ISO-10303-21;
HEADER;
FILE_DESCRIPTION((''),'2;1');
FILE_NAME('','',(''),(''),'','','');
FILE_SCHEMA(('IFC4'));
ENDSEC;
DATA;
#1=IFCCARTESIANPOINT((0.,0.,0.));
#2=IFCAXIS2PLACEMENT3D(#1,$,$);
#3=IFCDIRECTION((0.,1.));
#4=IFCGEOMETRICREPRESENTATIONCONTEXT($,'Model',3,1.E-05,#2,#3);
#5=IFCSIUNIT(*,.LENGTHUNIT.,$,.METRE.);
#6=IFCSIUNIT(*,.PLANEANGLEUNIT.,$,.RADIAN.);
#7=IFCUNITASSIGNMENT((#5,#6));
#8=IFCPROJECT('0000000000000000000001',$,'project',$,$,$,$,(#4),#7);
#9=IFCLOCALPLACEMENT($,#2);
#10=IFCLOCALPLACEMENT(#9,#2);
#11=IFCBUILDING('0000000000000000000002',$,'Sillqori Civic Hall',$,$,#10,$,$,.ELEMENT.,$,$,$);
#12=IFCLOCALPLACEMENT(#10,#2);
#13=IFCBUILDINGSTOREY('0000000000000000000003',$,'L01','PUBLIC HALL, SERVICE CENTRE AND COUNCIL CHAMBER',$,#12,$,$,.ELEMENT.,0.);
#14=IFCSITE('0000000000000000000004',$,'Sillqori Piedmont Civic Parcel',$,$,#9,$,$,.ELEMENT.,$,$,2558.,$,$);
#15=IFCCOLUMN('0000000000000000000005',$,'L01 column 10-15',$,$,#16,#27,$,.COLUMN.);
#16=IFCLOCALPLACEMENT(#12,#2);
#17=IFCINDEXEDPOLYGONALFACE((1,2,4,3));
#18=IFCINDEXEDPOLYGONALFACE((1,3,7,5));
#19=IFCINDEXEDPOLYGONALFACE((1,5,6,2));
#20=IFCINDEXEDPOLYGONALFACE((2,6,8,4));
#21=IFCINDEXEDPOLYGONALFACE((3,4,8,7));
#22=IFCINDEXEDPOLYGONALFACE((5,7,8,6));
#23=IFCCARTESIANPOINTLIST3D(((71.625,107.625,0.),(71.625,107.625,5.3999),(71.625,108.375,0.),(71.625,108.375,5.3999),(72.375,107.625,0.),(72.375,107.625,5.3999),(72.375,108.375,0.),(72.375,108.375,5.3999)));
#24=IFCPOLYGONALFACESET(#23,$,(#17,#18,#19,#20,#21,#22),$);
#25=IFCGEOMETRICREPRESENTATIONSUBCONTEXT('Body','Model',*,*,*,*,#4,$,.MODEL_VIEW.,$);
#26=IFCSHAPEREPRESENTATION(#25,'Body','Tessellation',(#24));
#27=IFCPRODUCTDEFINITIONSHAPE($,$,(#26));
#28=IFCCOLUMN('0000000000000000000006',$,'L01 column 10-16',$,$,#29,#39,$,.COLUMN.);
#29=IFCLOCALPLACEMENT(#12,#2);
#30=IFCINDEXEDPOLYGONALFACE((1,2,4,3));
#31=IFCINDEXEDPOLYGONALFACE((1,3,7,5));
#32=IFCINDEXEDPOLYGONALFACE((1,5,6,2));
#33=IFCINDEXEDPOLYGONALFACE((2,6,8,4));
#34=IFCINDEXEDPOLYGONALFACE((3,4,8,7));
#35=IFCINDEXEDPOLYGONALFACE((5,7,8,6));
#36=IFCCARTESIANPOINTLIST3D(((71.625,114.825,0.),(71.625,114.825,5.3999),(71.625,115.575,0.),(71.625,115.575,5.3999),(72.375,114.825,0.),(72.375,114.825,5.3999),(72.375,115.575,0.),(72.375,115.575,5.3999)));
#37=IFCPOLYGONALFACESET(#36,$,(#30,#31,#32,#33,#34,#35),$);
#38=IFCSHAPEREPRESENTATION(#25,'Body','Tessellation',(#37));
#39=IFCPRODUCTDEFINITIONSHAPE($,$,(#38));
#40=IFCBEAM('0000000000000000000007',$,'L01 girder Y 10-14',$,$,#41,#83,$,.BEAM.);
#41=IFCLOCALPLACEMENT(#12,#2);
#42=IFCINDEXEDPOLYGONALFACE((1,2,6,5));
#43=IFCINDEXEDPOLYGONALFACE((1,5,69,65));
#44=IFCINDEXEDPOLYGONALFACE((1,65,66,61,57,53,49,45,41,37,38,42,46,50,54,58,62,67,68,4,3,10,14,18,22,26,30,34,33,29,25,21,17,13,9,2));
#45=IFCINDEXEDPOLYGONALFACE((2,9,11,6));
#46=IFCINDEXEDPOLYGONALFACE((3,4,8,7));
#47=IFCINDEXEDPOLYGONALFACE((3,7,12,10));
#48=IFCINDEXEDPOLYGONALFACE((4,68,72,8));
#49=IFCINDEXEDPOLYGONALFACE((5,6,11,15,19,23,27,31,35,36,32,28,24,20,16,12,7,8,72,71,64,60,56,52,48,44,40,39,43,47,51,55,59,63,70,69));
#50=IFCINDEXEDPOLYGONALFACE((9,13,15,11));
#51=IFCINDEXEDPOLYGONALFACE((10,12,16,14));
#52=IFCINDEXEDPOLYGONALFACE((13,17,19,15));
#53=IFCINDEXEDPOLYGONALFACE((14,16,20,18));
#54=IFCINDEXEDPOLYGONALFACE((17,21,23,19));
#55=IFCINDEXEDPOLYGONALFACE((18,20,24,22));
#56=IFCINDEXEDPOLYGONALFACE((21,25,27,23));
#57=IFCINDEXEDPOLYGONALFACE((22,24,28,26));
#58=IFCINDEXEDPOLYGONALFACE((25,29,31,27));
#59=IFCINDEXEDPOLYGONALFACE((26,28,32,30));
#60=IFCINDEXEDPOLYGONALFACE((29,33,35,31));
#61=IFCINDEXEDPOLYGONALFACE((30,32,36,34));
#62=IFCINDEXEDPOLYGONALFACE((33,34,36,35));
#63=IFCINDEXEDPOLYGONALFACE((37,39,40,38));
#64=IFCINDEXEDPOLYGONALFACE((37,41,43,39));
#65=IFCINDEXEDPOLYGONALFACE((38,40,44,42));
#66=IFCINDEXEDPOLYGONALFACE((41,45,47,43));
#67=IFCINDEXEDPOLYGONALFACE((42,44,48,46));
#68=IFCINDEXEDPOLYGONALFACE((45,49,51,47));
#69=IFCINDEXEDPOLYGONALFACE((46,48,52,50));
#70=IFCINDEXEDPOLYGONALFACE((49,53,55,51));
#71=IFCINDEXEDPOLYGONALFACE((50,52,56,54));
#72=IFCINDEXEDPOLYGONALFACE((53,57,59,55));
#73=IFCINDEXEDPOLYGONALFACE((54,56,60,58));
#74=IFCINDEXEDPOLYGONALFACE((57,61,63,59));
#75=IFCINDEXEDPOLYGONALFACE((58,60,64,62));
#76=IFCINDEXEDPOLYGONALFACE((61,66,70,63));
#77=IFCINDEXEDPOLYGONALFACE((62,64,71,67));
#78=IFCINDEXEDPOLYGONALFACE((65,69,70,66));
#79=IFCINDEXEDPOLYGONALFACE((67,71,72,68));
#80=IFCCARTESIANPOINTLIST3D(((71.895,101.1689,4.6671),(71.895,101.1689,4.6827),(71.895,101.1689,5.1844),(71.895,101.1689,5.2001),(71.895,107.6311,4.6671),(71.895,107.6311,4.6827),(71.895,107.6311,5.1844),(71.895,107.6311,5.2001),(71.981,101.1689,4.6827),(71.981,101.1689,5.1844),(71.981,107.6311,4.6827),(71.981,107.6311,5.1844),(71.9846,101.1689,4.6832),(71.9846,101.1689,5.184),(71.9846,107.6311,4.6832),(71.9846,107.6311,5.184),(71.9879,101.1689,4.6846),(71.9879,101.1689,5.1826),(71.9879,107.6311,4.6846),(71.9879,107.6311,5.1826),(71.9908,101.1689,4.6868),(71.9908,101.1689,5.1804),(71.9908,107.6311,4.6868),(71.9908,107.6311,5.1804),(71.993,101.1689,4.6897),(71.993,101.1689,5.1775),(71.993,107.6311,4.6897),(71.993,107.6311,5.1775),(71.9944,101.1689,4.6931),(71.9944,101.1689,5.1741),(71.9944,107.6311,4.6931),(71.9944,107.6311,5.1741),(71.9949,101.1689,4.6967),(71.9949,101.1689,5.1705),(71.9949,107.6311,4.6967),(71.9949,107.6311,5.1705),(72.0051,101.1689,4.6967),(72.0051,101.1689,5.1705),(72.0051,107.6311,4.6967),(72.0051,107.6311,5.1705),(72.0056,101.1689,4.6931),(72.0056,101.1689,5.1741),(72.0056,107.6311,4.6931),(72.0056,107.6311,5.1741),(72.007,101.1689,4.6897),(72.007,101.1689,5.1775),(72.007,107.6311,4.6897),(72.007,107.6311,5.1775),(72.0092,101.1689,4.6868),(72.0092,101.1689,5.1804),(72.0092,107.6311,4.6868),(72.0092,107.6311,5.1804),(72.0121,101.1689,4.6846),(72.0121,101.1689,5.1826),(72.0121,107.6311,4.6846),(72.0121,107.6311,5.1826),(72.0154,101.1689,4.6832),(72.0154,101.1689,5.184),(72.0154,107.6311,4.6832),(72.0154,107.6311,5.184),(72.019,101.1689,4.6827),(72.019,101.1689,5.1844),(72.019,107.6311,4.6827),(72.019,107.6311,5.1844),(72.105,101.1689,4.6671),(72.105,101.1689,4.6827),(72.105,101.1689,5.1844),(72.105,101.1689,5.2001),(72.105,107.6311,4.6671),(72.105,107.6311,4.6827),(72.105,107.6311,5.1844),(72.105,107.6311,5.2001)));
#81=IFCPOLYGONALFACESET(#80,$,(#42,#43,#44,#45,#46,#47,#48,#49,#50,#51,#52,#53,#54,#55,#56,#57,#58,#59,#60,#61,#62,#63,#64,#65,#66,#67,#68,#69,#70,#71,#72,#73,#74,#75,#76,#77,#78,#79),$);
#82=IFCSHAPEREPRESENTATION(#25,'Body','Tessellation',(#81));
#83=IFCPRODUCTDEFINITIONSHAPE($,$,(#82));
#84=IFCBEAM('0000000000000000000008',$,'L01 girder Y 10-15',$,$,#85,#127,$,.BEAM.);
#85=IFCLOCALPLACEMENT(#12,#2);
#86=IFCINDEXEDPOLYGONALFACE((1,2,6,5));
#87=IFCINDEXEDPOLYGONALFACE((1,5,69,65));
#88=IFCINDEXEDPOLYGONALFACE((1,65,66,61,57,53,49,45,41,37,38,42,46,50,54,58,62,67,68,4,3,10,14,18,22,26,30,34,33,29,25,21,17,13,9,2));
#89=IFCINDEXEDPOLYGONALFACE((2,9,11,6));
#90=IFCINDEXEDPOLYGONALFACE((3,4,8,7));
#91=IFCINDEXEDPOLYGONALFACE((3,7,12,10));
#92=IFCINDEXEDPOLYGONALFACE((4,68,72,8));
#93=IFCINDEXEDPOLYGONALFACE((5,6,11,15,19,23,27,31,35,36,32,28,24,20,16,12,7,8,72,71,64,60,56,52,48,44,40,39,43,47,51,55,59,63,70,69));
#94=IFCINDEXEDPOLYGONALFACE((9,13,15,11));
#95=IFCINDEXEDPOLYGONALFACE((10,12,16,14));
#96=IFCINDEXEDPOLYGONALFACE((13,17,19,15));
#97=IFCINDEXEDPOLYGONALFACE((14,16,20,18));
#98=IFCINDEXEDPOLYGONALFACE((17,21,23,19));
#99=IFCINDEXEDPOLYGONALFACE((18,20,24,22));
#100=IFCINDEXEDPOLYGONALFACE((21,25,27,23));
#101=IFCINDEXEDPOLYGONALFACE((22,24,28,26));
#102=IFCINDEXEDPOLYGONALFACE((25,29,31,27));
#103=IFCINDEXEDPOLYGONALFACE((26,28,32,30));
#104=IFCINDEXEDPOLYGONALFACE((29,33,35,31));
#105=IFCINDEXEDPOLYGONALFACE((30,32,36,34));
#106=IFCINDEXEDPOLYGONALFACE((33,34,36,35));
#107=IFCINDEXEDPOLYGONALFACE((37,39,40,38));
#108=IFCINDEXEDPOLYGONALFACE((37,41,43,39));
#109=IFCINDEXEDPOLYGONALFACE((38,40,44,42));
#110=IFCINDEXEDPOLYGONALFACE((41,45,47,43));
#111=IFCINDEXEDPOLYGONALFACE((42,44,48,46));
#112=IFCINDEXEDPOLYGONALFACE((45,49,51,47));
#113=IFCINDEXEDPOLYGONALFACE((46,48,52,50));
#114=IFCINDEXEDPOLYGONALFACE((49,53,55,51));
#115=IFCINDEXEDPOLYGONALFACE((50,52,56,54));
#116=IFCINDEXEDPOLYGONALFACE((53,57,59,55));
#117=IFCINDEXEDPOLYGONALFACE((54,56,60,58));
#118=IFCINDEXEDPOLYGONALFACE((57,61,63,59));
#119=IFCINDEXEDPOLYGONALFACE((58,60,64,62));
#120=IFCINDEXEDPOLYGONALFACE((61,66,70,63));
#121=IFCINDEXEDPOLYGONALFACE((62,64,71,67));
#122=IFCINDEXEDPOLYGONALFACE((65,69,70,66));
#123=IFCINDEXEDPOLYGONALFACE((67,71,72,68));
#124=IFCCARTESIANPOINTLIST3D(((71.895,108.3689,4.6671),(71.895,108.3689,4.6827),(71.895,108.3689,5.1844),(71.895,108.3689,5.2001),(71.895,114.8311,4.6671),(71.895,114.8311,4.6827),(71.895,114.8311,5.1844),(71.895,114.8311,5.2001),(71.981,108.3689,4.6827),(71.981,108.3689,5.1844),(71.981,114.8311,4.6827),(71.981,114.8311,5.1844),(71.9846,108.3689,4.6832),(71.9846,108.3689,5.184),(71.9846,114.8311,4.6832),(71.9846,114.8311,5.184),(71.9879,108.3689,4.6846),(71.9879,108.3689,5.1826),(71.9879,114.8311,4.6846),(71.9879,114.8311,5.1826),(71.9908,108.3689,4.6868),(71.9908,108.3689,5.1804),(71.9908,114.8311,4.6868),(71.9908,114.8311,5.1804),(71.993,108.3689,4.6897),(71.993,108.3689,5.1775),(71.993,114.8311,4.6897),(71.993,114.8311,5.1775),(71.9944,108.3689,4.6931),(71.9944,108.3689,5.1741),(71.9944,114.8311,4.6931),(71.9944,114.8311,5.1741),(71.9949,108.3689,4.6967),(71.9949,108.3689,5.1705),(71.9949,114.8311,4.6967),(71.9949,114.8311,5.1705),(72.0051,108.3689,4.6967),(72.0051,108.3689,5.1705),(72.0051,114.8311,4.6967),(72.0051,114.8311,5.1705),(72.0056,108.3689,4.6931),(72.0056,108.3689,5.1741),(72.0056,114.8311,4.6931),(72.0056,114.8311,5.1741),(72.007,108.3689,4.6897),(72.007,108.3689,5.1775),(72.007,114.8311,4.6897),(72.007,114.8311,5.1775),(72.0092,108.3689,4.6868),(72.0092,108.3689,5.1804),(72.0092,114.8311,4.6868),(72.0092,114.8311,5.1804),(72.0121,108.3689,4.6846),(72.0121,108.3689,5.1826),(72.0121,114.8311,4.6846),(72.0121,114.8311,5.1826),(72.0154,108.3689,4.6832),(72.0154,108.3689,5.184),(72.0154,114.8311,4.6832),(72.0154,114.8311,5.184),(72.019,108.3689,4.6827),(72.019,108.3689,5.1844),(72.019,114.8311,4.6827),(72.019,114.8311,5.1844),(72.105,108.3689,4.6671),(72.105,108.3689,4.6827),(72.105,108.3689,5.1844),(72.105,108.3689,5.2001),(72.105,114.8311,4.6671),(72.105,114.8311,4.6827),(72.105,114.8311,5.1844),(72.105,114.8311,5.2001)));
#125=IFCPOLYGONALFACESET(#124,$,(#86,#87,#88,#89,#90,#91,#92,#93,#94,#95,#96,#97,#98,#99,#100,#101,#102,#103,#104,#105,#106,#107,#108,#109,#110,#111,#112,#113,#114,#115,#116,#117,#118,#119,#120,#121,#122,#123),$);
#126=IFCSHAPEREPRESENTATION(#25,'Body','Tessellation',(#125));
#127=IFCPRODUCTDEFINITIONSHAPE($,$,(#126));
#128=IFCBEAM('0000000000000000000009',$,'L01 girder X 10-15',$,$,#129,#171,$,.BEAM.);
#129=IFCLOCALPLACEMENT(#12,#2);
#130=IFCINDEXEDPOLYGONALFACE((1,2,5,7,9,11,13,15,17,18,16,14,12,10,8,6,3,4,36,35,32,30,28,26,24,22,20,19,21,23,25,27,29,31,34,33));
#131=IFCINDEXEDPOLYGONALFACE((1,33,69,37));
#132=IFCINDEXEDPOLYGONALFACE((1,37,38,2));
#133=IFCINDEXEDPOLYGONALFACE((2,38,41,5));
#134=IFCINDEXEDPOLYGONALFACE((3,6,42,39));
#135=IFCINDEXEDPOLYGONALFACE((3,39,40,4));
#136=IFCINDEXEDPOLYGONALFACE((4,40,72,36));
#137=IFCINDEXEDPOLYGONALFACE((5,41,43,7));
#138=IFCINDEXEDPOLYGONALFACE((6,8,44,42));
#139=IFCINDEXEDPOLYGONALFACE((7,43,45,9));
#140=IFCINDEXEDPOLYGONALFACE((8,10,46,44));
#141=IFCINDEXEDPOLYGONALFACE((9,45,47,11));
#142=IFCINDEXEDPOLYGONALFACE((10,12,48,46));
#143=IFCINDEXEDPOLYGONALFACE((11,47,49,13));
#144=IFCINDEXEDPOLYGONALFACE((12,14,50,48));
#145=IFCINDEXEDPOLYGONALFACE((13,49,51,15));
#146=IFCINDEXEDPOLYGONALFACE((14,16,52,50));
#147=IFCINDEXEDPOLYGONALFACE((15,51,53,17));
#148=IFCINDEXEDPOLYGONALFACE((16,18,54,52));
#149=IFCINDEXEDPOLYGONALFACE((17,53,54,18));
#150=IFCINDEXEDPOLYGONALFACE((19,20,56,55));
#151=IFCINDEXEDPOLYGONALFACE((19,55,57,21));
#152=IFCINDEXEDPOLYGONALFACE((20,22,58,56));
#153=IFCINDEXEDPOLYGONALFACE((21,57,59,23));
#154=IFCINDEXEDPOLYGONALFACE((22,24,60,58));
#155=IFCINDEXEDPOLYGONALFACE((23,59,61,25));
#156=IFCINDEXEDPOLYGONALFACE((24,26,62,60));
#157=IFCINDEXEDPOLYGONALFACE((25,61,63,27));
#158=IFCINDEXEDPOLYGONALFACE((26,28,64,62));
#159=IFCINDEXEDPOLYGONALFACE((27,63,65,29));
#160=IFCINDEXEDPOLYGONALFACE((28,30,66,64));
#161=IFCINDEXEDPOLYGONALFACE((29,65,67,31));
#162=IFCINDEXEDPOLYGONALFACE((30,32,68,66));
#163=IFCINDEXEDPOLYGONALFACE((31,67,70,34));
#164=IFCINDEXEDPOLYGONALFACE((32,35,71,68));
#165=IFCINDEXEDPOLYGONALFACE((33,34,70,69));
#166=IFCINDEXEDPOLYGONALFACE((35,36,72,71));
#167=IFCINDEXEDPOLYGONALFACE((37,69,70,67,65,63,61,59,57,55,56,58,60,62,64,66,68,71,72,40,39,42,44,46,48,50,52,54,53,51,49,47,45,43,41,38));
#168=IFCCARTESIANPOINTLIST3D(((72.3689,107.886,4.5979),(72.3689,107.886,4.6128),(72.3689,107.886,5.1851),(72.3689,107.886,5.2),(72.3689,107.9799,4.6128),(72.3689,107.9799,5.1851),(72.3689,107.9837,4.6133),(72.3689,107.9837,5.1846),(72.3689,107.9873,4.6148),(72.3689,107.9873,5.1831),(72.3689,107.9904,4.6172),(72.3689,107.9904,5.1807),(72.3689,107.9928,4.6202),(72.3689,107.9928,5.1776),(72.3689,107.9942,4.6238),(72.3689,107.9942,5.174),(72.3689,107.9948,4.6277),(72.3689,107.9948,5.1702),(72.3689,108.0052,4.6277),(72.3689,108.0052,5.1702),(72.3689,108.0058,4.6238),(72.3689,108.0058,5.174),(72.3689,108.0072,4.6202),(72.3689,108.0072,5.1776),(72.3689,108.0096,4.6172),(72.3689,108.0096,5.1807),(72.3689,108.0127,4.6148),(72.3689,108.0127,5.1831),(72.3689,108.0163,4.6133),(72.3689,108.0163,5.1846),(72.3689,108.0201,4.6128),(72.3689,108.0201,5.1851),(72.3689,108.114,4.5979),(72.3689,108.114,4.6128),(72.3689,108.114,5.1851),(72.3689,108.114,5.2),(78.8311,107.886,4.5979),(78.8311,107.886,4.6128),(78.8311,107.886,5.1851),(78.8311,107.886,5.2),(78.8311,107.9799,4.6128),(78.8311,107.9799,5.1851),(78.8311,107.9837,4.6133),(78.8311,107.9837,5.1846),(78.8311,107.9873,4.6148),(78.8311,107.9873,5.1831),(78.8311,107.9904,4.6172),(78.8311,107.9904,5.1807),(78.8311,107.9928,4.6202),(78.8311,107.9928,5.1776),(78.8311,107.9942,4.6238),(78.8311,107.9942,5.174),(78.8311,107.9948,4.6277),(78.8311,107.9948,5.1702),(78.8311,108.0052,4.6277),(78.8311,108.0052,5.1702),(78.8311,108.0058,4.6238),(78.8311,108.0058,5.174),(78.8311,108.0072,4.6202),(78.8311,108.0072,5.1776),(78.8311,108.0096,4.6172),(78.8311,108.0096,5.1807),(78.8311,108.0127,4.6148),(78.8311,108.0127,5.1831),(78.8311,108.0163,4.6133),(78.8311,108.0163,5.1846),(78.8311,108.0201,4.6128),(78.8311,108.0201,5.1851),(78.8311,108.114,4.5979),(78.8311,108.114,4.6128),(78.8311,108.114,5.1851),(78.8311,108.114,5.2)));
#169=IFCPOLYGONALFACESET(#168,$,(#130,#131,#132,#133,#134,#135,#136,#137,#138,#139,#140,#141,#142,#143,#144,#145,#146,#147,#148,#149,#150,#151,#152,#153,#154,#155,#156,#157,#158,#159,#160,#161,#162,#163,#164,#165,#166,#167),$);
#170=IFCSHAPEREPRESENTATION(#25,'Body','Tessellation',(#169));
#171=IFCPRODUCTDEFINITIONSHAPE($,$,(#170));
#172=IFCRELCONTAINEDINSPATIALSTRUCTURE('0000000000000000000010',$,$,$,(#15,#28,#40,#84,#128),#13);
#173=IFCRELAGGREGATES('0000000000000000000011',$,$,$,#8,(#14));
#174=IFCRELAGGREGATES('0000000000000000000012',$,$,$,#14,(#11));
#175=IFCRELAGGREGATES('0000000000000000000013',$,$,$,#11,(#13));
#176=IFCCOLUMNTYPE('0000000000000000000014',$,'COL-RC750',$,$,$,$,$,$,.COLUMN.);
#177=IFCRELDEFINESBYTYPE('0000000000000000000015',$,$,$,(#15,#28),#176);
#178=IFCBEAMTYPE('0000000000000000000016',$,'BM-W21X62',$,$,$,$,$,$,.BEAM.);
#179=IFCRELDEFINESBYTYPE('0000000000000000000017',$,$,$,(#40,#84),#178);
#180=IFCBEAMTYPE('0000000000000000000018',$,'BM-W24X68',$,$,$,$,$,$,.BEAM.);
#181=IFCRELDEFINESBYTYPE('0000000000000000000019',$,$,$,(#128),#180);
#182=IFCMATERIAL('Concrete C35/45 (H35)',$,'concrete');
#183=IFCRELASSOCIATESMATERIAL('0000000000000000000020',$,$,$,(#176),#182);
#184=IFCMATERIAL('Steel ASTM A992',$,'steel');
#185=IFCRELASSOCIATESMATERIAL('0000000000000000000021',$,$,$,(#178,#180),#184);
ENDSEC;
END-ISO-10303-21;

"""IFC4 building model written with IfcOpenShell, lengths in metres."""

from ifc_helpers import new_model, si_unit, direction, frame, origin, origin_2d, place, context, subcontext, project, spatial, rectangle, i_section, extrude, material, material_profile, profile_set, type_object, element, save


model = new_model("IFC4")

# Units and contexts
model_context = context("Model", 3, precision=1e-05, world=origin(), true_north=direction((0.0, 1.0)))
body_context = subcontext(model_context, "Body", "Model", "MODEL_VIEW")
ifc_project = project(units=[si_unit("LENGTHUNIT", "METRE"), si_unit("PLANEANGLEUNIT", "RADIAN")], contexts=[model_context])

# Site, building, storey
site_placement = place(None, origin())
site = spatial("IfcSite", under=ifc_project, at=site_placement, Name="Sillqori Piedmont Civic Parcel", CompositionType="ELEMENT", RefElevation=2558.0)
building_placement = place(site_placement, origin())
building = spatial("IfcBuilding", under=site, at=building_placement, Name="Sillqori Civic Hall", CompositionType="ELEMENT")
storey_placement = place(building_placement, origin())
storey = spatial("IfcBuildingStorey", under=building, at=storey_placement, Name="L01", Description="PUBLIC HALL, SERVICE CENTRE AND COUNCIL CHAMBER", CompositionType="ELEMENT", Elevation=0.0)

# Columns
ifc_material_1 = material(Name="Concrete C35/45 (H35)", Category="concrete")
ifc_material_profile_1 = material_profile(ifc_material_1, rectangle(XDim=0.75, YDim=0.75, at=origin_2d()), Name="RC 750x750")
ifc_profile_set_1 = profile_set([ifc_material_profile_1], Name="Concrete C35/45 (H35)")
column_type = type_object("IfcColumnType", Name="COL-RC750", PredefinedType="COLUMN", material=ifc_profile_set_1)
for number, where, z_axis, x_axis, name in (
    (1, (72.0, 108.0, 0.0), (0.0, 0.0, 1.0), (1.0, 0.0, 0.0), "L01 column 10-15"),
    (2, (72.0, 115.2, 0.0), (0.0, 0.0, 1.0), (1.0, 0.0, 0.0), "L01 column 10-16"),
):
    element("IfcColumn", number, at=place(storey_placement, frame(where, z_axis=z_axis, x_axis=x_axis)), inside=storey, type_object=column_type, Name=name, PredefinedType="COLUMN", context=body_context, shape_type="SweptSolid", body=[
        extrude(rectangle(XDim=0.75, YDim=0.75, at=origin_2d()), origin(), (0.0, 0.0, 1.0), 5.3999),
    ])

# Beams
ifc_material_2 = material(Name="Steel ASTM A992", Category="steel")
ifc_material_profile_2 = material_profile(ifc_material_2, i_section(OverallWidth=0.21, OverallDepth=0.533, WebThickness=0.0103, FlangeThickness=0.0156, FilletRadius=0.0139, at=origin_2d()), Name="W21X62")
ifc_profile_set_2 = profile_set([ifc_material_profile_2], Name="Steel ASTM A992")
beam_type_1 = type_object("IfcBeamType", Name="BM-W21X62", PredefinedType="BEAM", material=ifc_profile_set_2)
for number, where, z_axis, x_axis, name in (
    (3, (72.0, 101.1689, 4.9336), (0.0, 1.0, 0.0), (-1.0, 0.0, 0.0), "L01 girder Y 10-14"),
    (4, (72.0, 108.3689, 4.9336), (0.0, 1.0, 0.0), (-1.0, 0.0, 0.0), "L01 girder Y 10-15"),
):
    element("IfcBeam", number, at=place(storey_placement, frame(where, z_axis=z_axis, x_axis=x_axis)), inside=storey, type_object=beam_type_1, Name=name, PredefinedType="BEAM", context=body_context, shape_type="SweptSolid", body=[
        extrude(i_section(OverallWidth=0.21, OverallDepth=0.533, WebThickness=0.0103, FlangeThickness=0.0156, FilletRadius=0.0139, at=origin_2d()), origin(), (0.0, 0.0, 1.0), 6.4622),
    ])
ifc_material_profile_3 = material_profile(ifc_material_2, i_section(OverallWidth=0.228, OverallDepth=0.6021, WebThickness=0.0105, FlangeThickness=0.0149, FilletRadius=0.0149, at=origin_2d()), Name="W24X68")
ifc_profile_set_3 = profile_set([ifc_material_profile_3], Name="Steel ASTM A992")
beam_type_2 = type_object("IfcBeamType", Name="BM-W24X68", PredefinedType="BEAM", material=ifc_profile_set_3)
for number, where, z_axis, x_axis, name in (
    (5, (72.3689, 108.0, 4.8989), (1.0, 0.0, 0.0), (0.0, 1.0, 0.0), "L01 girder X 10-15"),
):
    element("IfcBeam", number, at=place(storey_placement, frame(where, z_axis=z_axis, x_axis=x_axis)), inside=storey, type_object=beam_type_2, Name=name, PredefinedType="BEAM", context=body_context, shape_type="SweptSolid", body=[
        extrude(i_section(OverallWidth=0.228, OverallDepth=0.6021, WebThickness=0.0105, FlangeThickness=0.0149, FilletRadius=0.0149, at=origin_2d()), origin(), (0.0, 0.0, 1.0), 6.4622),
    ])

save(model, "model.ifc")
